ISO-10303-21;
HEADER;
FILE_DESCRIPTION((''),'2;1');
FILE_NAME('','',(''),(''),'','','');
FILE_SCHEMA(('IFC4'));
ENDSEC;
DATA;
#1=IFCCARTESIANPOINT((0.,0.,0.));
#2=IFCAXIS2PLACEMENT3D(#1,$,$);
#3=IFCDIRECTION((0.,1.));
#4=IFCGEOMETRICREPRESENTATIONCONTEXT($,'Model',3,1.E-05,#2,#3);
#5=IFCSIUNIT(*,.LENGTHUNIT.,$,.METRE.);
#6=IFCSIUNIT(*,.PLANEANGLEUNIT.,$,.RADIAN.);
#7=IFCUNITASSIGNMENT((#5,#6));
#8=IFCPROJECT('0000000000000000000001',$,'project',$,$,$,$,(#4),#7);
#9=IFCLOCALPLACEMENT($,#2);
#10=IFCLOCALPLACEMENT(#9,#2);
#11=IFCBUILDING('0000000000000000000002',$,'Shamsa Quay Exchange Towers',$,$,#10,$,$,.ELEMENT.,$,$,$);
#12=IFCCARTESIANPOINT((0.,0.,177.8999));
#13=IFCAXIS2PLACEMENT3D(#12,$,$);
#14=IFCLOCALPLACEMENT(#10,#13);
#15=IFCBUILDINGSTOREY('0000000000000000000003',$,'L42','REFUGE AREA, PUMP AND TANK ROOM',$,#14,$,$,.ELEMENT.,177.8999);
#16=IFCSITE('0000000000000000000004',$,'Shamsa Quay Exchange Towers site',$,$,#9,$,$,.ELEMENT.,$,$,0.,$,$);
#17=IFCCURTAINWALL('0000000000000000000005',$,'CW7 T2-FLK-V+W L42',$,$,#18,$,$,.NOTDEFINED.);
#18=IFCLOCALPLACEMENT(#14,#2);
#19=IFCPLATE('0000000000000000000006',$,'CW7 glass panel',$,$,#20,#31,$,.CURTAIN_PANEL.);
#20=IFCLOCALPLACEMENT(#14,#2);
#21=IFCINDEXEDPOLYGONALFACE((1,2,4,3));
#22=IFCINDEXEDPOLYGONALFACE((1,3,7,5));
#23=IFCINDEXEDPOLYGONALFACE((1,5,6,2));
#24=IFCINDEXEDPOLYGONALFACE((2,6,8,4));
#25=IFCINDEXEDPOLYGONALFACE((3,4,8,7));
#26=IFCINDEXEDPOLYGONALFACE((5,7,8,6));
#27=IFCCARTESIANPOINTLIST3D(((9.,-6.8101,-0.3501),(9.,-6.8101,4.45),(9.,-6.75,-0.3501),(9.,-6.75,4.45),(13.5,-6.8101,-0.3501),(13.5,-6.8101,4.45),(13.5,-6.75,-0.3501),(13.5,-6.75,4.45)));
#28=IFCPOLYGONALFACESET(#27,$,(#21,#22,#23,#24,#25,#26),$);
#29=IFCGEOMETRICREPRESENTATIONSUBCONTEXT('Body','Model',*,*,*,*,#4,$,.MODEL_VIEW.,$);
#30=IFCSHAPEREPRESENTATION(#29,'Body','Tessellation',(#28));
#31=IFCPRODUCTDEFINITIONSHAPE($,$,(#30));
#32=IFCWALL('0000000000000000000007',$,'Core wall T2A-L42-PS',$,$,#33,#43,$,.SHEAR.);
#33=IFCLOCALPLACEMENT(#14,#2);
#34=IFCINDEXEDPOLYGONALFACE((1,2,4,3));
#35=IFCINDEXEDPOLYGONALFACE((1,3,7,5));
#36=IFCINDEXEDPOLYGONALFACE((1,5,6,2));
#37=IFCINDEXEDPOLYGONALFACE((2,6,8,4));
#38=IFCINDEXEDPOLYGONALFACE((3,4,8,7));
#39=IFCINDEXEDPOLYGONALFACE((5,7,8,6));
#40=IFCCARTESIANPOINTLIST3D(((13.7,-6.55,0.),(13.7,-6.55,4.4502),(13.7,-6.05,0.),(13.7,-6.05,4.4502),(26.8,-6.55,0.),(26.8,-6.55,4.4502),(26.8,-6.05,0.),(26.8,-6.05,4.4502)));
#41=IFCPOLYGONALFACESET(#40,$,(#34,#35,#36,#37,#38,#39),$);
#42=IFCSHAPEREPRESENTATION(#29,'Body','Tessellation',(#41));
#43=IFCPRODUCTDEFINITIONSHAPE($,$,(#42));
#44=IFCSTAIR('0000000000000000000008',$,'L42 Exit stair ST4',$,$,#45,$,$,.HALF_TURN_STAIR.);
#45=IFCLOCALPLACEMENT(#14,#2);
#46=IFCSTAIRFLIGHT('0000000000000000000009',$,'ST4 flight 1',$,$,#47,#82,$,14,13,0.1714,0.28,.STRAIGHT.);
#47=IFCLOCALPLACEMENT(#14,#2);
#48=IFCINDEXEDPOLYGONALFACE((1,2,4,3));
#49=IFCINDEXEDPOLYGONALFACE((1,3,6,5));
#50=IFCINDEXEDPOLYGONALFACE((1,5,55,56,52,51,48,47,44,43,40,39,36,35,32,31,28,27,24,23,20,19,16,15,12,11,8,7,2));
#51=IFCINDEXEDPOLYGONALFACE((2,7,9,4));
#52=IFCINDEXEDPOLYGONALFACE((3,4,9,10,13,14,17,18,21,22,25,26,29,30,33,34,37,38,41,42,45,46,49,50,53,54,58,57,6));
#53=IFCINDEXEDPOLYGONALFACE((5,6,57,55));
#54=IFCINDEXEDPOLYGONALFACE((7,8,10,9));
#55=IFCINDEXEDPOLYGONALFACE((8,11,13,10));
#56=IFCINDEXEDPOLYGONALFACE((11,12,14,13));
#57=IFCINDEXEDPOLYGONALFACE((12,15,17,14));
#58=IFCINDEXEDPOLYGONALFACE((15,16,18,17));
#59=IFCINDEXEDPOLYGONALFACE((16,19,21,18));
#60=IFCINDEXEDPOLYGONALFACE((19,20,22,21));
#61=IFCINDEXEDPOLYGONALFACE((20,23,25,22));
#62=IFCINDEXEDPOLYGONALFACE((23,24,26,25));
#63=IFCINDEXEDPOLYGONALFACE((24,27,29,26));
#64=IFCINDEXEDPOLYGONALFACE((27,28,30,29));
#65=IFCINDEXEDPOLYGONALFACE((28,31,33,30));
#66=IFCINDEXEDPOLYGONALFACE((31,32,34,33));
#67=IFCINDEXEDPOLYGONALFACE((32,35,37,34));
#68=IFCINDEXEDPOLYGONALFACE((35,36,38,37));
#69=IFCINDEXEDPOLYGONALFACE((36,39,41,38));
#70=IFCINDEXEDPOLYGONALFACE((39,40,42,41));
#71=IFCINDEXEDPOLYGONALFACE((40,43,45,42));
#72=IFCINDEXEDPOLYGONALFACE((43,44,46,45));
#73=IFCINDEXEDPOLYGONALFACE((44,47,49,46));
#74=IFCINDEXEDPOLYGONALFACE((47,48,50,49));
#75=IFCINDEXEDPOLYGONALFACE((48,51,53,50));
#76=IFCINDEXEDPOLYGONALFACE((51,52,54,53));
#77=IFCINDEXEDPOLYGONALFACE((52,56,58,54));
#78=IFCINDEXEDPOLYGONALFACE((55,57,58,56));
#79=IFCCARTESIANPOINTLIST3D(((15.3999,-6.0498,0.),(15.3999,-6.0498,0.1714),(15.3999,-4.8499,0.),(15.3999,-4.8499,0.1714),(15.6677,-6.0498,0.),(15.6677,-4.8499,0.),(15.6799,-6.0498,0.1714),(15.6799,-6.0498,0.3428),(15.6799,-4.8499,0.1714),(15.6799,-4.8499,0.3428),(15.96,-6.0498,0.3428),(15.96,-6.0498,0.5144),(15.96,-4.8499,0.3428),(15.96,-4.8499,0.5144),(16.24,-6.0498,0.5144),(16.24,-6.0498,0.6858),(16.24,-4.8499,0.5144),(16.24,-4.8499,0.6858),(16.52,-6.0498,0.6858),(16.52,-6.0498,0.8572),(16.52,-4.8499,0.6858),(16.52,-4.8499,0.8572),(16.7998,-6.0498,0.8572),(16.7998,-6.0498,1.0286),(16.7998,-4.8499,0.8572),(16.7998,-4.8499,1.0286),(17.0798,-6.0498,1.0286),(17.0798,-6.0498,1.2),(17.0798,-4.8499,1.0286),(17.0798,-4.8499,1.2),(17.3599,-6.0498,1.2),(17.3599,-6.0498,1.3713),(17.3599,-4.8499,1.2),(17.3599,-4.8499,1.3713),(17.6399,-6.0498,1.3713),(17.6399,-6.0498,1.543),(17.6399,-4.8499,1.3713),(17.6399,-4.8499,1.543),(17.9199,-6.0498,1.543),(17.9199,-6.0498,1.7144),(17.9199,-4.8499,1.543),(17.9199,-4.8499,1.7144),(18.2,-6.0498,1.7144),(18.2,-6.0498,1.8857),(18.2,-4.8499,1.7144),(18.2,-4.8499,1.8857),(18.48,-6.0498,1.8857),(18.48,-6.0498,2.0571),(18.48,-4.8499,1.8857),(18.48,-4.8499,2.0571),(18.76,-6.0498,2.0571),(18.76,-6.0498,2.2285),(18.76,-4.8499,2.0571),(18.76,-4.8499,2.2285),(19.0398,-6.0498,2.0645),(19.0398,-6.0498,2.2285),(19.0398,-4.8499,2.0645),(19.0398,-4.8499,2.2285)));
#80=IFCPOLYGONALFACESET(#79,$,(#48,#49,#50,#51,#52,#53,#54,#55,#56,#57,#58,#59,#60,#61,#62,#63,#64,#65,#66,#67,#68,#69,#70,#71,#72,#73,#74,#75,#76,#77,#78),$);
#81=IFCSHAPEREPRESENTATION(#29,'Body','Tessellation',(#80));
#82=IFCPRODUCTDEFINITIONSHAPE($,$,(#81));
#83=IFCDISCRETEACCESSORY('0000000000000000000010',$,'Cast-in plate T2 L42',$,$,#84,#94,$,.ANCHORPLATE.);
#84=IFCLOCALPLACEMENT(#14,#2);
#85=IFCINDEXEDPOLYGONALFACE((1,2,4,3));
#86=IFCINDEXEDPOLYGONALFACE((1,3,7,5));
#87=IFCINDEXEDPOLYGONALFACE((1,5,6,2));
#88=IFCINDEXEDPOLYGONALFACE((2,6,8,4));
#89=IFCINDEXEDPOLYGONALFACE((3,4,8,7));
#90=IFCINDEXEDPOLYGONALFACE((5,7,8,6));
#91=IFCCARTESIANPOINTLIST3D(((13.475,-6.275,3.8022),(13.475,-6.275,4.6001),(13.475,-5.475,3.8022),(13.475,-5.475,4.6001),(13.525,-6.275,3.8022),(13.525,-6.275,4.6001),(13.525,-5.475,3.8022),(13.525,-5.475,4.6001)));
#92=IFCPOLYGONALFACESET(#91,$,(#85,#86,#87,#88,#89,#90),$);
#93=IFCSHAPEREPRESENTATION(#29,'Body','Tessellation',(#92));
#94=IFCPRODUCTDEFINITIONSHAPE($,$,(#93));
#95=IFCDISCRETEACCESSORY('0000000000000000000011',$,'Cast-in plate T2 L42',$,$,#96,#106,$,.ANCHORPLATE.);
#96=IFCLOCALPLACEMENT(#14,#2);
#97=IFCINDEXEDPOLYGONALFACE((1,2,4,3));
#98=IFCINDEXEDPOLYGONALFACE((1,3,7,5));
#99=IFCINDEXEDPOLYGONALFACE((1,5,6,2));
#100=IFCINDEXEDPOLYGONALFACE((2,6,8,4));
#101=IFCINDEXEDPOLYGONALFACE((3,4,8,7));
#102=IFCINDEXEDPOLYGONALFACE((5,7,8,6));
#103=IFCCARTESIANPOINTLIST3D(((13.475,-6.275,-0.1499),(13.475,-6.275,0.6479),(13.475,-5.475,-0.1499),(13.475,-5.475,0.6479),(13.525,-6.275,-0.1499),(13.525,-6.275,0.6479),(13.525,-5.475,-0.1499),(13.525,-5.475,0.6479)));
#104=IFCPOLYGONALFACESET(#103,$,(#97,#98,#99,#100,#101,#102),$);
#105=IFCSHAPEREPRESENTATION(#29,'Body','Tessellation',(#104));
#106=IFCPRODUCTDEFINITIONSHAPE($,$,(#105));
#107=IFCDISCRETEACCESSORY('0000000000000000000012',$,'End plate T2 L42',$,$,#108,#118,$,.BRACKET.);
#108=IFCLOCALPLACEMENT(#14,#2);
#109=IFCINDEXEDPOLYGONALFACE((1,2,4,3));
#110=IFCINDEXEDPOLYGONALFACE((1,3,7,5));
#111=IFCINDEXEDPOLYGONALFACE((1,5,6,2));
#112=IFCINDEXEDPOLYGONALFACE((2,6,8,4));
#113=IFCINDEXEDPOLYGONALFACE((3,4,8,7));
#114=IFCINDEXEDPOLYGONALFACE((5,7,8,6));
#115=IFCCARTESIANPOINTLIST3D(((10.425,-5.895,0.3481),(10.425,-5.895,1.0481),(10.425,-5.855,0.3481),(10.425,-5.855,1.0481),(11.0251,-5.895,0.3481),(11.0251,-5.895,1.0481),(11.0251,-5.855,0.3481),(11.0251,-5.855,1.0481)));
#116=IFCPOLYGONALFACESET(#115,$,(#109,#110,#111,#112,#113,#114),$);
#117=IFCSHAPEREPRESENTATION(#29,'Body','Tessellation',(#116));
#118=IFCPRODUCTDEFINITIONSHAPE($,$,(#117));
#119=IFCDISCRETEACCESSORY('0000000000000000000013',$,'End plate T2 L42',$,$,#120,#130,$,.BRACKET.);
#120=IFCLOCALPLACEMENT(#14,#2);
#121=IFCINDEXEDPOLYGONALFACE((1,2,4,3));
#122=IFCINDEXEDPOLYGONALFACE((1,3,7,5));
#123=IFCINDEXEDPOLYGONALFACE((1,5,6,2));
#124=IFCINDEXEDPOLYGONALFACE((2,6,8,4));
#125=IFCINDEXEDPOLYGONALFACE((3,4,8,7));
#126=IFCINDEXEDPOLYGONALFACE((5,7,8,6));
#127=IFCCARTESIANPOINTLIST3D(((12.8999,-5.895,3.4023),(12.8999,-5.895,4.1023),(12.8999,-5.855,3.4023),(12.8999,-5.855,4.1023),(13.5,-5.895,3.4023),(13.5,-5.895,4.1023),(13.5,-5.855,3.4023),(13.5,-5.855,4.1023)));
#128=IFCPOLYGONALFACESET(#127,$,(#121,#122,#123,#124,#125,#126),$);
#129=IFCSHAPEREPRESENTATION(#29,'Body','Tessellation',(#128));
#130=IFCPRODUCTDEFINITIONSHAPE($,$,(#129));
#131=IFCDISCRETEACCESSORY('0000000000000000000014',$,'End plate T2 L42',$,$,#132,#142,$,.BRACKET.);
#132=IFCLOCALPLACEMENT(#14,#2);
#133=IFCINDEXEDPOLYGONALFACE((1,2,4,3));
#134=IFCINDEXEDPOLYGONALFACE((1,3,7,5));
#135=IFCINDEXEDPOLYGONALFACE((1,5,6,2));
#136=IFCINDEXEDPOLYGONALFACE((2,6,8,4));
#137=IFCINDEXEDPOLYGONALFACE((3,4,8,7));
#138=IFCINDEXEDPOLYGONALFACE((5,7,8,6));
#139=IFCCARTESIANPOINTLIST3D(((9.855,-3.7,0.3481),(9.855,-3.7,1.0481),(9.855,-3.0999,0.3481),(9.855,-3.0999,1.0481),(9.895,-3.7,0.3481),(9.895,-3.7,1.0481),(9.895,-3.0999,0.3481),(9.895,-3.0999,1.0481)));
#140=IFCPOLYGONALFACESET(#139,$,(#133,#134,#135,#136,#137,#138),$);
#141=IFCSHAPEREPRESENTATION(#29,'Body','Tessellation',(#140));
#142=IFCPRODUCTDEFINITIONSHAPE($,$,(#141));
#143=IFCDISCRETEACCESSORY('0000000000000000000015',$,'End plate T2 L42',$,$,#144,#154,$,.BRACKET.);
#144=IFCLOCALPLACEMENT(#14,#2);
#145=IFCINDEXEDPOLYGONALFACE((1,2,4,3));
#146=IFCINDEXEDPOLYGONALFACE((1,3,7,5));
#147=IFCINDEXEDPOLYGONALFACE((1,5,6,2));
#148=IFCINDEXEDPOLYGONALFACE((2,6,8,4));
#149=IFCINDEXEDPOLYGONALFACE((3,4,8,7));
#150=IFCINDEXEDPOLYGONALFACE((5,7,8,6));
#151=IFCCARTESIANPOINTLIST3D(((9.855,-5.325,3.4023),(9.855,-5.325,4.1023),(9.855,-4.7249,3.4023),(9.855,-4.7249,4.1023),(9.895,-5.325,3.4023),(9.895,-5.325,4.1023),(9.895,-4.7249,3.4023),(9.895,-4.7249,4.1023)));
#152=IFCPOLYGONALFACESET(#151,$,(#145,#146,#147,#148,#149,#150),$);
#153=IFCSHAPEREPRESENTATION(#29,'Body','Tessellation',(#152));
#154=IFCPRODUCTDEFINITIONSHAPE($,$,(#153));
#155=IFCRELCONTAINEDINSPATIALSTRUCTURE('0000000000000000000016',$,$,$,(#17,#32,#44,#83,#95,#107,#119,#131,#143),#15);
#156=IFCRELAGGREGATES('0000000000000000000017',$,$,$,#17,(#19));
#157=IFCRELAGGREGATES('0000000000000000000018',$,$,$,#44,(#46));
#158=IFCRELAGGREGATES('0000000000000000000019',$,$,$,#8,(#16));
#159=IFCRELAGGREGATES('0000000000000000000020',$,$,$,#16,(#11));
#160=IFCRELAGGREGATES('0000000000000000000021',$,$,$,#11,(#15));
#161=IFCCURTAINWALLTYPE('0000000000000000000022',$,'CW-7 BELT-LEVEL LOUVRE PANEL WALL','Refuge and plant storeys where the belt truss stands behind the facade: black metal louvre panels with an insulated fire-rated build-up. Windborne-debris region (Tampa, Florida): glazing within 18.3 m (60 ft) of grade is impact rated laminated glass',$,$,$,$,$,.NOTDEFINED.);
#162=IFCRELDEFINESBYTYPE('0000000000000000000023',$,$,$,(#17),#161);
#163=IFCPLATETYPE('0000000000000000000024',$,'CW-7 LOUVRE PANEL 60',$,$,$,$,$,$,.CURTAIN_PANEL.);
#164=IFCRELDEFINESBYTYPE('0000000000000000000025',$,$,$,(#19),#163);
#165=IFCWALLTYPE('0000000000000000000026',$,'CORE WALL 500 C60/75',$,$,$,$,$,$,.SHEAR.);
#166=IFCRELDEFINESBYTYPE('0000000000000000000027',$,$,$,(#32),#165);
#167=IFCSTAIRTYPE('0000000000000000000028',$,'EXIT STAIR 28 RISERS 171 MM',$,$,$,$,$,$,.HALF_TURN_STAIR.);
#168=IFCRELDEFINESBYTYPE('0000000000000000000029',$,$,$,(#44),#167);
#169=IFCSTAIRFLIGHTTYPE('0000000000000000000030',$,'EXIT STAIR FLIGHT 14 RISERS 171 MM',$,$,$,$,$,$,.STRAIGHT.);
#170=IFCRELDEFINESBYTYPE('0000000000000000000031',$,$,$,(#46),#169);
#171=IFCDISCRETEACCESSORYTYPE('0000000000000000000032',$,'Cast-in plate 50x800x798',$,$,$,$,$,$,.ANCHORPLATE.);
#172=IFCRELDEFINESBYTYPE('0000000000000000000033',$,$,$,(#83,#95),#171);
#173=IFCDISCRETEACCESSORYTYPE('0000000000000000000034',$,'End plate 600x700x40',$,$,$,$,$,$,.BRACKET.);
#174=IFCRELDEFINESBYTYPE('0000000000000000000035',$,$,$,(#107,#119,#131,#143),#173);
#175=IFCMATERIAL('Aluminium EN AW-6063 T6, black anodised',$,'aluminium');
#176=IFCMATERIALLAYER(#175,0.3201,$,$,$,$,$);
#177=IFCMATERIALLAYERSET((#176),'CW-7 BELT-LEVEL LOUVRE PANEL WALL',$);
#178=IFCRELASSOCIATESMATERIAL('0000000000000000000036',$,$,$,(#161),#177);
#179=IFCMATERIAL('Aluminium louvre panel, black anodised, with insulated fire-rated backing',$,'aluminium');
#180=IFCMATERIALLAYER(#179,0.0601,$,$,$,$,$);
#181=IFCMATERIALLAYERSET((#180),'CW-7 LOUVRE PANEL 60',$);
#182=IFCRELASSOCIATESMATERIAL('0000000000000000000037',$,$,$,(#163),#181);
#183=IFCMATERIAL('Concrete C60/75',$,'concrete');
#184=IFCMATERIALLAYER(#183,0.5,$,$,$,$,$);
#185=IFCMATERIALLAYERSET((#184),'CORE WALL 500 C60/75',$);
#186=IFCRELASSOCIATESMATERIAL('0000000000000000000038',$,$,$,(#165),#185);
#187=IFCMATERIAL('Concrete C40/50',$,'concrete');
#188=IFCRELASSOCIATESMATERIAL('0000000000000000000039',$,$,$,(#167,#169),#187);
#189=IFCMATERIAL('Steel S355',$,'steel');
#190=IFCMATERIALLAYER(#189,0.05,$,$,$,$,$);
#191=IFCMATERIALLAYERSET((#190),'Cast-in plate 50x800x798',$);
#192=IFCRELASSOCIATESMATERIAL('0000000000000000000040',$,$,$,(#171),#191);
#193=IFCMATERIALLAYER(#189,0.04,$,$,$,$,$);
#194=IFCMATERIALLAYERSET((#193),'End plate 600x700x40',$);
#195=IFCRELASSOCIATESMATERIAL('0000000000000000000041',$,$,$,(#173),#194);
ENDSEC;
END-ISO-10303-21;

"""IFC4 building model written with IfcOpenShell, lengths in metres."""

from ifc_helpers import new_model, si_unit, direction, frame, frame_2d, origin, origin_2d, place, context, subcontext, project, spatial, polyline, rectangle, outline, extrude, material, layer, layer_set, type_object, element, aggregate, save


model = new_model("IFC4")

# Units and contexts
model_context = context("Model", 3, precision=1e-05, world=origin(), true_north=direction((0.0, 1.0)))
body_context = subcontext(model_context, "Body", "Model", "MODEL_VIEW")
ifc_project = project(units=[si_unit("LENGTHUNIT", "METRE"), si_unit("PLANEANGLEUNIT", "RADIAN")], contexts=[model_context])

# Site, building, storey
site_placement = place(None, origin())
site = spatial("IfcSite", under=ifc_project, at=site_placement, Name="Shamsa Quay Exchange Towers site", CompositionType="ELEMENT", RefElevation=0.0)
building_placement = place(site_placement, origin())
building = spatial("IfcBuilding", under=site, at=building_placement, Name="Shamsa Quay Exchange Towers", CompositionType="ELEMENT")
storey_placement = place(building_placement, frame((0.0, 0.0, 177.8999)))
storey = spatial("IfcBuildingStorey", under=building, at=storey_placement, Name="L42", Description="REFUGE AREA, PUMP AND TANK ROOM", CompositionType="ELEMENT", Elevation=177.8999)

# Shared definitions
ifc_material_1 = material(Name="Steel S355", Category="steel")

# Curtain wall, plate
ifc_material_2 = material(Name="Aluminium EN AW-6063 T6, black anodised", Category="aluminium")
ifc_layer_1 = layer(ifc_material_2, 0.3201)
ifc_layer_set_1 = layer_set([ifc_layer_1], Name="CW-7 BELT-LEVEL LOUVRE PANEL WALL")
curtain_wall_type = type_object("IfcCurtainWallType", Name="CW-7 BELT-LEVEL LOUVRE PANEL WALL", Description="Refuge and plant storeys where the belt truss stands behind the facade: black metal louvre panels with an insulated fire-rated build-up. Windborne-debris region (Tampa, Florida): glazing within 18.3 m (60 ft) of grade is impact rated laminated glass", PredefinedType="NOTDEFINED", material=ifc_layer_set_1)
ifc_material_3 = material(Name="Aluminium louvre panel, black anodised, with insulated fire-rated backing", Category="aluminium")
ifc_layer_2 = layer(ifc_material_3, 0.0601)
ifc_layer_set_2 = layer_set([ifc_layer_2], Name="CW-7 LOUVRE PANEL 60")
plate_type = type_object("IfcPlateType", Name="CW-7 LOUVRE PANEL 60", PredefinedType="CURTAIN_PANEL", material=ifc_layer_set_2)
curtain_wall_1_placement = place(storey_placement, origin())
curtain_wall_1 = element("IfcCurtainWall", 1, at=curtain_wall_1_placement, inside=storey, type_object=curtain_wall_type, Name="CW7 T2-FLK-V+W L42", PredefinedType="NOTDEFINED")
plate_1_placement = place(storey_placement, frame((11.25, -6.78, -0.3501)))
plate_1 = element("IfcPlate", 2, at=plate_1_placement, type_object=plate_type, Name="CW7 glass panel", PredefinedType="CURTAIN_PANEL", context=body_context, shape_type="SweptSolid", body=[
    extrude(rectangle(XDim=4.5, YDim=0.0601, at=origin_2d()), origin(), (0.0, 0.0, 1.0), 4.8),
])
aggregate(curtain_wall_1, [plate_1])

# Wall
ifc_material_4 = material(Name="Concrete C60/75", Category="concrete")
ifc_layer_3 = layer(ifc_material_4, 0.5)
ifc_layer_set_3 = layer_set([ifc_layer_3], Name="CORE WALL 500 C60/75")
wall_type = type_object("IfcWallType", Name="CORE WALL 500 C60/75", PredefinedType="SHEAR", material=ifc_layer_set_3)
wall_placement = place(storey_placement, frame((13.7, -6.3, 0.0)))
element("IfcWall", 3, at=wall_placement, inside=storey, type_object=wall_type, Name="Core wall T2A-L42-PS", PredefinedType="SHEAR", context=body_context, shape_type="SweptSolid", body=[
    extrude(rectangle(XDim=13.1001, YDim=0.5, at=frame_2d((6.55, 0.0))), origin(), (0.0, 0.0, 1.0), 4.4502),
])

# Stair, stair flight
ifc_material_5 = material(Name="Concrete C40/50", Category="concrete")
stair_type = type_object("IfcStairType", Name="EXIT STAIR 28 RISERS 171 MM", PredefinedType="HALF_TURN_STAIR", material=ifc_material_5)
stair_placement = place(storey_placement, origin())
stair = element("IfcStair", 4, at=stair_placement, inside=storey, type_object=stair_type, Name="L42 Exit stair ST4", PredefinedType="HALF_TURN_STAIR")
stair_flight_type = type_object("IfcStairFlightType", Name="EXIT STAIR FLIGHT 14 RISERS 171 MM", PredefinedType="STRAIGHT", material=ifc_material_5)
stair_flight_placement = place(storey_placement, frame((15.3999, -5.45, 0.0)))
stair_flight = element("IfcStairFlight", 5, at=stair_flight_placement, type_object=stair_flight_type, Name="ST4 flight 1", NumberOfRisers=14, NumberOfTreads=13, PredefinedType="STRAIGHT", RiserHeight=0.1714, TreadLength=0.28, context=body_context, shape_type="SweptSolid", body=[
    extrude(outline(polyline([(0.0, 0.0), (0.0, 0.1714), (0.28, 0.1714), (0.28, 0.3428), (0.5601, 0.3428), (0.5601, 0.5144), (0.8401, 0.5144), (0.8401, 0.6858), (1.1201, 0.6858), (1.1201, 0.8572), (1.3999, 0.8572), (1.3999, 1.0286), (1.6799, 1.0286), (1.6799, 1.2), (1.96, 1.2), (1.96, 1.3713), (2.24, 1.3713), (2.24, 1.543), (2.52, 1.543), (2.52, 1.7144), (2.8, 1.7144), (2.8, 1.8857), (3.0801, 1.8857), (3.0801, 2.0571), (3.3601, 2.0571), (3.3601, 2.2285), (3.6399, 2.2285), (3.6399, 2.3999), (3.6399, 2.0645), (0.2678, 0.0), (0.0, 0.0)])), frame((0.0, 0.6001, 0.0), z_axis=(0.0, -1.0, 0.0), x_axis=(1.0, 0.0, 0.0)), (0.0, 0.0, 1.0), 1.2),
])
aggregate(stair, [stair_flight])

# Discrete accessories
ifc_layer_4 = layer(ifc_material_1, 0.05)
ifc_layer_set_4 = layer_set([ifc_layer_4], Name="Cast-in plate 50x800x798")
discrete_accessory_type_1 = type_object("IfcDiscreteAccessoryType", Name="Cast-in plate 50x800x798", PredefinedType="ANCHORPLATE", material=ifc_layer_set_4)
for number, where, name in (
    (6, (13.5, -5.875, 3.8022), "Cast-in plate T2 L42"),
    (7, (13.5, -5.875, -0.1499), "Cast-in plate T2 L42"),
):
    element("IfcDiscreteAccessory", number, at=place(storey_placement, frame(where)), inside=storey, type_object=discrete_accessory_type_1, Name=name, PredefinedType="ANCHORPLATE", context=body_context, shape_type="SweptSolid", body=[
        extrude(rectangle(XDim=0.05, YDim=0.8, at=origin_2d()), origin(), (0.0, 0.0, 1.0), 0.7979),
    ])
ifc_layer_5 = layer(ifc_material_1, 0.04)
ifc_layer_set_5 = layer_set([ifc_layer_5], Name="End plate 600x700x40")
discrete_accessory_type_2 = type_object("IfcDiscreteAccessoryType", Name="End plate 600x700x40", PredefinedType="BRACKET", material=ifc_layer_set_5)
for number, where, name in (
    (8, (10.7251, -5.875, 0.3481), "End plate T2 L42"),
    (9, (13.2, -5.875, 3.4023), "End plate T2 L42"),
):
    element("IfcDiscreteAccessory", number, at=place(storey_placement, frame(where)), inside=storey, type_object=discrete_accessory_type_2, Name=name, PredefinedType="BRACKET", context=body_context, shape_type="SweptSolid", body=[
        extrude(rectangle(XDim=0.6001, YDim=0.04, at=origin_2d()), origin(), (0.0, 0.0, 1.0), 0.7),
    ])
for number, where, z_axis, x_axis, name in (
    (10, (9.875, -3.3999, 0.3481), (0.0, 0.0, 1.0), (0.0, -1.0, 0.0), "End plate T2 L42"),
    (11, (9.875, -5.0249, 3.4023), (0.0, 0.0, 1.0), (0.0, -1.0, 0.0), "End plate T2 L42"),
):
    element("IfcDiscreteAccessory", number, at=place(storey_placement, frame(where, z_axis=z_axis, x_axis=x_axis)), inside=storey, type_object=discrete_accessory_type_2, Name=name, PredefinedType="BRACKET", context=body_context, shape_type="SweptSolid", body=[
        extrude(rectangle(XDim=0.6001, YDim=0.04, at=origin_2d()), origin(), (0.0, 0.0, 1.0), 0.7),
    ])

save(model, "model.ifc")
